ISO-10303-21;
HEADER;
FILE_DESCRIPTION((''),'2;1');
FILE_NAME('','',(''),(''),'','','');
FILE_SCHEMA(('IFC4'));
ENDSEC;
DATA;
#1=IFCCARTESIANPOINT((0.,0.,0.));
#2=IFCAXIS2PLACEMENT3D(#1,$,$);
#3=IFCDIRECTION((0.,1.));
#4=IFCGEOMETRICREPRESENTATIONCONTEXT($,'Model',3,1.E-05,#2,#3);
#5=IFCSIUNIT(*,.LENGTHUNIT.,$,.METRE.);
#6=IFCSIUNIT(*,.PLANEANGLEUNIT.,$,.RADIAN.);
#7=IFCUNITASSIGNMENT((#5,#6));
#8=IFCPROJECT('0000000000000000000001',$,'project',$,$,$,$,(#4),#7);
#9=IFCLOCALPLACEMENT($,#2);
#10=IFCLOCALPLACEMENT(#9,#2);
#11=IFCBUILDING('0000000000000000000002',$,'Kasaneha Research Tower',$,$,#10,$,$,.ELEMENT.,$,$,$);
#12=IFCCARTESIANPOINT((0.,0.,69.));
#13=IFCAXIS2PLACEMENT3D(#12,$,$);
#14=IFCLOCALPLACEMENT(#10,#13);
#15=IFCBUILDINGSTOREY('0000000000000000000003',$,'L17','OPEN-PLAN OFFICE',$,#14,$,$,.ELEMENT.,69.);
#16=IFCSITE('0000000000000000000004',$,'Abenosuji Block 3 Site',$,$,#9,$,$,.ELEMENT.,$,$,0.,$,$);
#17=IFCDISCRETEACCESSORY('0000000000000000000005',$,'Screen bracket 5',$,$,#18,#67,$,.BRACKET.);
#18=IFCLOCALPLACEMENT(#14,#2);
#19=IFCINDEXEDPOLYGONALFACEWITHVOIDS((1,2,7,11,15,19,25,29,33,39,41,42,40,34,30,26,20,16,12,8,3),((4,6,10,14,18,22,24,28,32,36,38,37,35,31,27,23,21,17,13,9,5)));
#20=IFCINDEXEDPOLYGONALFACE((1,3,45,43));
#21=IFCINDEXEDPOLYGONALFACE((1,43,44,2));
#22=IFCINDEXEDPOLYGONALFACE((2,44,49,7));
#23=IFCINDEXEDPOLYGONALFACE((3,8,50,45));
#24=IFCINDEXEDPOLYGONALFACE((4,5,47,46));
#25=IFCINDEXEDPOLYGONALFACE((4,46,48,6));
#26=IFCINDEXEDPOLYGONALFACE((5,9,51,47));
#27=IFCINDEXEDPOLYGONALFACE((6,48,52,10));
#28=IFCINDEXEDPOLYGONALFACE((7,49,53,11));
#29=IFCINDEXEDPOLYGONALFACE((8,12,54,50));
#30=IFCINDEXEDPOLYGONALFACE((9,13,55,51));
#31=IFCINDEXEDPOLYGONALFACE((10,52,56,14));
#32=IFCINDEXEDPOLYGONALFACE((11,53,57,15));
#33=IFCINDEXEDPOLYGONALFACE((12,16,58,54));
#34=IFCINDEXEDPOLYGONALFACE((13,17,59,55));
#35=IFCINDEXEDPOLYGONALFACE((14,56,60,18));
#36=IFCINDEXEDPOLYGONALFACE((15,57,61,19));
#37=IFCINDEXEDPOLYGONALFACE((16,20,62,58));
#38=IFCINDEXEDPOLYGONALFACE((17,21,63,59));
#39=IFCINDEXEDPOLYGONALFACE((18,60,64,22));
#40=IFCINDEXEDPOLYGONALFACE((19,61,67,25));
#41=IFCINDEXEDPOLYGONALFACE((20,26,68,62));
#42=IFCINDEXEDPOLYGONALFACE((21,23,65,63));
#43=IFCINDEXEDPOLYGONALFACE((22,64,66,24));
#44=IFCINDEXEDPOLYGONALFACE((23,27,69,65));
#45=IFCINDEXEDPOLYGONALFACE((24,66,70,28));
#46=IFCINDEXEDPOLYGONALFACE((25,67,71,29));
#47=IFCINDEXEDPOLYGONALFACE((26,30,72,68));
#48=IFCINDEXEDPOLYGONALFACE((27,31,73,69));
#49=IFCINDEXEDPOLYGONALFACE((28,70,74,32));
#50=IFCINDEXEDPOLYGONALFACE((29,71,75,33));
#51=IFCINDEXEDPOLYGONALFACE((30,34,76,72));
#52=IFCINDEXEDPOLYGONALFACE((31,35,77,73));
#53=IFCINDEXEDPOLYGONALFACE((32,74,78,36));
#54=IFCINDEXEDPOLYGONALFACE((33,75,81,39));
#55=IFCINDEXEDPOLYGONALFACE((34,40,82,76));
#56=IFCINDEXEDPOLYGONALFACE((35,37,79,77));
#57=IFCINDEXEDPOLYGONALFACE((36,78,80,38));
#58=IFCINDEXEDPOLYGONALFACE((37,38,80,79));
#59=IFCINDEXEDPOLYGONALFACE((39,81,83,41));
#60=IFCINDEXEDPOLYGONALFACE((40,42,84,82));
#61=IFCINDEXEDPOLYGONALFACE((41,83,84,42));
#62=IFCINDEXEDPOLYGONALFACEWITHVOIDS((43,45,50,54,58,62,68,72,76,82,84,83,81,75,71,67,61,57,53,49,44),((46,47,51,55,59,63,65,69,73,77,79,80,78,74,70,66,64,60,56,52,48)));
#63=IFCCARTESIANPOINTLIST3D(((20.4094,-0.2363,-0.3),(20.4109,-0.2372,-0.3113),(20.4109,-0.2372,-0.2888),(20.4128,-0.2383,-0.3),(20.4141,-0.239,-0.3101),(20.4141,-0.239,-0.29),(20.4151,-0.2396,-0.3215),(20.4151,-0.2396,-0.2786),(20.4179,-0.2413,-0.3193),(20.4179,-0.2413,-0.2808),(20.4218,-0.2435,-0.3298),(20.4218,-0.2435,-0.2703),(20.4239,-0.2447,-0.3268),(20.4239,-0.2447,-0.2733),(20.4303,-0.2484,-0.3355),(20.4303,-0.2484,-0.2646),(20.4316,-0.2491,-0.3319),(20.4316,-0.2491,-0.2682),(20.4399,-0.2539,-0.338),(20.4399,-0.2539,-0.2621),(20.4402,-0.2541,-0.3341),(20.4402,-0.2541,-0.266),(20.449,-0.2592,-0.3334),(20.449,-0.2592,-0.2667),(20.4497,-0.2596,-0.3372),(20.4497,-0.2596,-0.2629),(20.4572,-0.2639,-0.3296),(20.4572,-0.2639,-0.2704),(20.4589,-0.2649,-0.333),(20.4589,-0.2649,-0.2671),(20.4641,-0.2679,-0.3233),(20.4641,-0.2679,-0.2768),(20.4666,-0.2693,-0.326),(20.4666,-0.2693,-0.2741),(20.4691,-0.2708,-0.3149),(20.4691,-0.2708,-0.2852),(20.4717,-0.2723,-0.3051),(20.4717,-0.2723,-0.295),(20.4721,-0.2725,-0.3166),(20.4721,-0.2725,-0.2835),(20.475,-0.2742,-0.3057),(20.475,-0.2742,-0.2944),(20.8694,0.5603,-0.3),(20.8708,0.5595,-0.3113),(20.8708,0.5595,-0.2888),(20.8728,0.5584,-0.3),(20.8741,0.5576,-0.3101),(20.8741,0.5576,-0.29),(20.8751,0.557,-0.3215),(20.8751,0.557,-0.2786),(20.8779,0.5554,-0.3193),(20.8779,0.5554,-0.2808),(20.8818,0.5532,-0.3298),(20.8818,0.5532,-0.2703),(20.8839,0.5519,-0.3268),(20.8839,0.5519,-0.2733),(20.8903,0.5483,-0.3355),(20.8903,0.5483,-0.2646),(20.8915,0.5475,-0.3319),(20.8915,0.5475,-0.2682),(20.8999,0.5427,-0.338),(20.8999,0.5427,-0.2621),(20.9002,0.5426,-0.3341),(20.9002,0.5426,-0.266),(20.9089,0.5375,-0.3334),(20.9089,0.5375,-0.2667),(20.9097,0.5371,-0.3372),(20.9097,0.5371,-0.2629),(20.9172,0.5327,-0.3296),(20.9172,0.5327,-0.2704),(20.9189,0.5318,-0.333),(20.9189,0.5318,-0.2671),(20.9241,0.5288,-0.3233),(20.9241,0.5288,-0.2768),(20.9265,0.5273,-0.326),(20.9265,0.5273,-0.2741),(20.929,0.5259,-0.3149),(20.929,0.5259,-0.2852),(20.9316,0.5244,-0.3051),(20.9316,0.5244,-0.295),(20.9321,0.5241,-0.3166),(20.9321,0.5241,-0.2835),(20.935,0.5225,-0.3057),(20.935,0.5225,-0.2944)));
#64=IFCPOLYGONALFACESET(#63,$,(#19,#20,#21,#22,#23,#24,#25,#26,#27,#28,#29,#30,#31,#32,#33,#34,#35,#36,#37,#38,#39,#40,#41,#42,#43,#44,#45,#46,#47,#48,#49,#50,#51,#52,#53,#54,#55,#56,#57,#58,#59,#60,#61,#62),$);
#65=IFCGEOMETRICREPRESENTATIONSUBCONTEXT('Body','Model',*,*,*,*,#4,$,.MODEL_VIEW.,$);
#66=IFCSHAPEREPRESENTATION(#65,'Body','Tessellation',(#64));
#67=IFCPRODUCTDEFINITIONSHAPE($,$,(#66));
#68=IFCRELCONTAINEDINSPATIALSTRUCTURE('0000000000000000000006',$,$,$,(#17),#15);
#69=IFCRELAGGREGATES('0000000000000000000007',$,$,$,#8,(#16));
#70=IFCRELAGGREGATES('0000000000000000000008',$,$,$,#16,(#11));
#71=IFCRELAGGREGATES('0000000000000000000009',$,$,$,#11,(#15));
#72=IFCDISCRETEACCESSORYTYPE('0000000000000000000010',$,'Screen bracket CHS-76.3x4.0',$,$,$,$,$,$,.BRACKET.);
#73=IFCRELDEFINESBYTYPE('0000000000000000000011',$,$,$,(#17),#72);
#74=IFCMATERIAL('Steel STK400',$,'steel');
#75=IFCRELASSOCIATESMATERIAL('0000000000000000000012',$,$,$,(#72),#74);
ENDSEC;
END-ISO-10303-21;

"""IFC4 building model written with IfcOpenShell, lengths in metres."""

from ifc_helpers import new_model, si_unit, direction, frame, origin, origin_2d, place, context, subcontext, project, spatial, hollow_circle, extrude, material, material_profile, profile_set, type_object, element, save


model = new_model("IFC4")

# Units and contexts
model_context = context("Model", 3, precision=1e-05, world=origin(), true_north=direction((0.0, 1.0)))
body_context = subcontext(model_context, "Body", "Model", "MODEL_VIEW")
ifc_project = project(units=[si_unit("LENGTHUNIT", "METRE"), si_unit("PLANEANGLEUNIT", "RADIAN")], contexts=[model_context])

# Site, building, storey
site_placement = place(None, origin())
site = spatial("IfcSite", under=ifc_project, at=site_placement, Name="Abenosuji Block 3 Site", CompositionType="ELEMENT", RefElevation=0.0)
building_placement = place(site_placement, origin())
building = spatial("IfcBuilding", under=site, at=building_placement, Name="Kasaneha Research Tower", CompositionType="ELEMENT")
storey_placement = place(building_placement, frame((0.0, 0.0, 69.0)))
storey = spatial("IfcBuildingStorey", under=building, at=storey_placement, Name="L17", Description="OPEN-PLAN OFFICE", CompositionType="ELEMENT", Elevation=69.0)

# Discrete accessory
ifc_material_1 = material(Name="Steel STK400", Category="steel")
ifc_material_profile_1 = material_profile(ifc_material_1, hollow_circle(Radius=0.0381, WallThickness=0.0039, at=origin_2d()), Name="CHS-76.3x4.0")
ifc_profile_set_1 = profile_set([ifc_material_profile_1], Name="Steel STK400")
discrete_accessory_type = type_object("IfcDiscreteAccessoryType", Name="Screen bracket CHS-76.3x4.0", PredefinedType="BRACKET", material=ifc_profile_set_1)
discrete_accessory_1_placement = place(storey_placement, frame((20.4424, -0.2554, -0.3), z_axis=(0.500021, 0.866013, 0.0), x_axis=(-0.866013, 0.500021, 0.0)))
element("IfcDiscreteAccessory", 1, at=discrete_accessory_1_placement, inside=storey, type_object=discrete_accessory_type, Name="Screen bracket 5", PredefinedType="BRACKET", context=body_context, shape_type="SweptSolid", body=[
    extrude(hollow_circle(Radius=0.0381, WallThickness=0.0039, at=origin_2d()), origin(), (0.0, 0.0, 1.0), 0.9199),
])

save(model, "model.ifc")
